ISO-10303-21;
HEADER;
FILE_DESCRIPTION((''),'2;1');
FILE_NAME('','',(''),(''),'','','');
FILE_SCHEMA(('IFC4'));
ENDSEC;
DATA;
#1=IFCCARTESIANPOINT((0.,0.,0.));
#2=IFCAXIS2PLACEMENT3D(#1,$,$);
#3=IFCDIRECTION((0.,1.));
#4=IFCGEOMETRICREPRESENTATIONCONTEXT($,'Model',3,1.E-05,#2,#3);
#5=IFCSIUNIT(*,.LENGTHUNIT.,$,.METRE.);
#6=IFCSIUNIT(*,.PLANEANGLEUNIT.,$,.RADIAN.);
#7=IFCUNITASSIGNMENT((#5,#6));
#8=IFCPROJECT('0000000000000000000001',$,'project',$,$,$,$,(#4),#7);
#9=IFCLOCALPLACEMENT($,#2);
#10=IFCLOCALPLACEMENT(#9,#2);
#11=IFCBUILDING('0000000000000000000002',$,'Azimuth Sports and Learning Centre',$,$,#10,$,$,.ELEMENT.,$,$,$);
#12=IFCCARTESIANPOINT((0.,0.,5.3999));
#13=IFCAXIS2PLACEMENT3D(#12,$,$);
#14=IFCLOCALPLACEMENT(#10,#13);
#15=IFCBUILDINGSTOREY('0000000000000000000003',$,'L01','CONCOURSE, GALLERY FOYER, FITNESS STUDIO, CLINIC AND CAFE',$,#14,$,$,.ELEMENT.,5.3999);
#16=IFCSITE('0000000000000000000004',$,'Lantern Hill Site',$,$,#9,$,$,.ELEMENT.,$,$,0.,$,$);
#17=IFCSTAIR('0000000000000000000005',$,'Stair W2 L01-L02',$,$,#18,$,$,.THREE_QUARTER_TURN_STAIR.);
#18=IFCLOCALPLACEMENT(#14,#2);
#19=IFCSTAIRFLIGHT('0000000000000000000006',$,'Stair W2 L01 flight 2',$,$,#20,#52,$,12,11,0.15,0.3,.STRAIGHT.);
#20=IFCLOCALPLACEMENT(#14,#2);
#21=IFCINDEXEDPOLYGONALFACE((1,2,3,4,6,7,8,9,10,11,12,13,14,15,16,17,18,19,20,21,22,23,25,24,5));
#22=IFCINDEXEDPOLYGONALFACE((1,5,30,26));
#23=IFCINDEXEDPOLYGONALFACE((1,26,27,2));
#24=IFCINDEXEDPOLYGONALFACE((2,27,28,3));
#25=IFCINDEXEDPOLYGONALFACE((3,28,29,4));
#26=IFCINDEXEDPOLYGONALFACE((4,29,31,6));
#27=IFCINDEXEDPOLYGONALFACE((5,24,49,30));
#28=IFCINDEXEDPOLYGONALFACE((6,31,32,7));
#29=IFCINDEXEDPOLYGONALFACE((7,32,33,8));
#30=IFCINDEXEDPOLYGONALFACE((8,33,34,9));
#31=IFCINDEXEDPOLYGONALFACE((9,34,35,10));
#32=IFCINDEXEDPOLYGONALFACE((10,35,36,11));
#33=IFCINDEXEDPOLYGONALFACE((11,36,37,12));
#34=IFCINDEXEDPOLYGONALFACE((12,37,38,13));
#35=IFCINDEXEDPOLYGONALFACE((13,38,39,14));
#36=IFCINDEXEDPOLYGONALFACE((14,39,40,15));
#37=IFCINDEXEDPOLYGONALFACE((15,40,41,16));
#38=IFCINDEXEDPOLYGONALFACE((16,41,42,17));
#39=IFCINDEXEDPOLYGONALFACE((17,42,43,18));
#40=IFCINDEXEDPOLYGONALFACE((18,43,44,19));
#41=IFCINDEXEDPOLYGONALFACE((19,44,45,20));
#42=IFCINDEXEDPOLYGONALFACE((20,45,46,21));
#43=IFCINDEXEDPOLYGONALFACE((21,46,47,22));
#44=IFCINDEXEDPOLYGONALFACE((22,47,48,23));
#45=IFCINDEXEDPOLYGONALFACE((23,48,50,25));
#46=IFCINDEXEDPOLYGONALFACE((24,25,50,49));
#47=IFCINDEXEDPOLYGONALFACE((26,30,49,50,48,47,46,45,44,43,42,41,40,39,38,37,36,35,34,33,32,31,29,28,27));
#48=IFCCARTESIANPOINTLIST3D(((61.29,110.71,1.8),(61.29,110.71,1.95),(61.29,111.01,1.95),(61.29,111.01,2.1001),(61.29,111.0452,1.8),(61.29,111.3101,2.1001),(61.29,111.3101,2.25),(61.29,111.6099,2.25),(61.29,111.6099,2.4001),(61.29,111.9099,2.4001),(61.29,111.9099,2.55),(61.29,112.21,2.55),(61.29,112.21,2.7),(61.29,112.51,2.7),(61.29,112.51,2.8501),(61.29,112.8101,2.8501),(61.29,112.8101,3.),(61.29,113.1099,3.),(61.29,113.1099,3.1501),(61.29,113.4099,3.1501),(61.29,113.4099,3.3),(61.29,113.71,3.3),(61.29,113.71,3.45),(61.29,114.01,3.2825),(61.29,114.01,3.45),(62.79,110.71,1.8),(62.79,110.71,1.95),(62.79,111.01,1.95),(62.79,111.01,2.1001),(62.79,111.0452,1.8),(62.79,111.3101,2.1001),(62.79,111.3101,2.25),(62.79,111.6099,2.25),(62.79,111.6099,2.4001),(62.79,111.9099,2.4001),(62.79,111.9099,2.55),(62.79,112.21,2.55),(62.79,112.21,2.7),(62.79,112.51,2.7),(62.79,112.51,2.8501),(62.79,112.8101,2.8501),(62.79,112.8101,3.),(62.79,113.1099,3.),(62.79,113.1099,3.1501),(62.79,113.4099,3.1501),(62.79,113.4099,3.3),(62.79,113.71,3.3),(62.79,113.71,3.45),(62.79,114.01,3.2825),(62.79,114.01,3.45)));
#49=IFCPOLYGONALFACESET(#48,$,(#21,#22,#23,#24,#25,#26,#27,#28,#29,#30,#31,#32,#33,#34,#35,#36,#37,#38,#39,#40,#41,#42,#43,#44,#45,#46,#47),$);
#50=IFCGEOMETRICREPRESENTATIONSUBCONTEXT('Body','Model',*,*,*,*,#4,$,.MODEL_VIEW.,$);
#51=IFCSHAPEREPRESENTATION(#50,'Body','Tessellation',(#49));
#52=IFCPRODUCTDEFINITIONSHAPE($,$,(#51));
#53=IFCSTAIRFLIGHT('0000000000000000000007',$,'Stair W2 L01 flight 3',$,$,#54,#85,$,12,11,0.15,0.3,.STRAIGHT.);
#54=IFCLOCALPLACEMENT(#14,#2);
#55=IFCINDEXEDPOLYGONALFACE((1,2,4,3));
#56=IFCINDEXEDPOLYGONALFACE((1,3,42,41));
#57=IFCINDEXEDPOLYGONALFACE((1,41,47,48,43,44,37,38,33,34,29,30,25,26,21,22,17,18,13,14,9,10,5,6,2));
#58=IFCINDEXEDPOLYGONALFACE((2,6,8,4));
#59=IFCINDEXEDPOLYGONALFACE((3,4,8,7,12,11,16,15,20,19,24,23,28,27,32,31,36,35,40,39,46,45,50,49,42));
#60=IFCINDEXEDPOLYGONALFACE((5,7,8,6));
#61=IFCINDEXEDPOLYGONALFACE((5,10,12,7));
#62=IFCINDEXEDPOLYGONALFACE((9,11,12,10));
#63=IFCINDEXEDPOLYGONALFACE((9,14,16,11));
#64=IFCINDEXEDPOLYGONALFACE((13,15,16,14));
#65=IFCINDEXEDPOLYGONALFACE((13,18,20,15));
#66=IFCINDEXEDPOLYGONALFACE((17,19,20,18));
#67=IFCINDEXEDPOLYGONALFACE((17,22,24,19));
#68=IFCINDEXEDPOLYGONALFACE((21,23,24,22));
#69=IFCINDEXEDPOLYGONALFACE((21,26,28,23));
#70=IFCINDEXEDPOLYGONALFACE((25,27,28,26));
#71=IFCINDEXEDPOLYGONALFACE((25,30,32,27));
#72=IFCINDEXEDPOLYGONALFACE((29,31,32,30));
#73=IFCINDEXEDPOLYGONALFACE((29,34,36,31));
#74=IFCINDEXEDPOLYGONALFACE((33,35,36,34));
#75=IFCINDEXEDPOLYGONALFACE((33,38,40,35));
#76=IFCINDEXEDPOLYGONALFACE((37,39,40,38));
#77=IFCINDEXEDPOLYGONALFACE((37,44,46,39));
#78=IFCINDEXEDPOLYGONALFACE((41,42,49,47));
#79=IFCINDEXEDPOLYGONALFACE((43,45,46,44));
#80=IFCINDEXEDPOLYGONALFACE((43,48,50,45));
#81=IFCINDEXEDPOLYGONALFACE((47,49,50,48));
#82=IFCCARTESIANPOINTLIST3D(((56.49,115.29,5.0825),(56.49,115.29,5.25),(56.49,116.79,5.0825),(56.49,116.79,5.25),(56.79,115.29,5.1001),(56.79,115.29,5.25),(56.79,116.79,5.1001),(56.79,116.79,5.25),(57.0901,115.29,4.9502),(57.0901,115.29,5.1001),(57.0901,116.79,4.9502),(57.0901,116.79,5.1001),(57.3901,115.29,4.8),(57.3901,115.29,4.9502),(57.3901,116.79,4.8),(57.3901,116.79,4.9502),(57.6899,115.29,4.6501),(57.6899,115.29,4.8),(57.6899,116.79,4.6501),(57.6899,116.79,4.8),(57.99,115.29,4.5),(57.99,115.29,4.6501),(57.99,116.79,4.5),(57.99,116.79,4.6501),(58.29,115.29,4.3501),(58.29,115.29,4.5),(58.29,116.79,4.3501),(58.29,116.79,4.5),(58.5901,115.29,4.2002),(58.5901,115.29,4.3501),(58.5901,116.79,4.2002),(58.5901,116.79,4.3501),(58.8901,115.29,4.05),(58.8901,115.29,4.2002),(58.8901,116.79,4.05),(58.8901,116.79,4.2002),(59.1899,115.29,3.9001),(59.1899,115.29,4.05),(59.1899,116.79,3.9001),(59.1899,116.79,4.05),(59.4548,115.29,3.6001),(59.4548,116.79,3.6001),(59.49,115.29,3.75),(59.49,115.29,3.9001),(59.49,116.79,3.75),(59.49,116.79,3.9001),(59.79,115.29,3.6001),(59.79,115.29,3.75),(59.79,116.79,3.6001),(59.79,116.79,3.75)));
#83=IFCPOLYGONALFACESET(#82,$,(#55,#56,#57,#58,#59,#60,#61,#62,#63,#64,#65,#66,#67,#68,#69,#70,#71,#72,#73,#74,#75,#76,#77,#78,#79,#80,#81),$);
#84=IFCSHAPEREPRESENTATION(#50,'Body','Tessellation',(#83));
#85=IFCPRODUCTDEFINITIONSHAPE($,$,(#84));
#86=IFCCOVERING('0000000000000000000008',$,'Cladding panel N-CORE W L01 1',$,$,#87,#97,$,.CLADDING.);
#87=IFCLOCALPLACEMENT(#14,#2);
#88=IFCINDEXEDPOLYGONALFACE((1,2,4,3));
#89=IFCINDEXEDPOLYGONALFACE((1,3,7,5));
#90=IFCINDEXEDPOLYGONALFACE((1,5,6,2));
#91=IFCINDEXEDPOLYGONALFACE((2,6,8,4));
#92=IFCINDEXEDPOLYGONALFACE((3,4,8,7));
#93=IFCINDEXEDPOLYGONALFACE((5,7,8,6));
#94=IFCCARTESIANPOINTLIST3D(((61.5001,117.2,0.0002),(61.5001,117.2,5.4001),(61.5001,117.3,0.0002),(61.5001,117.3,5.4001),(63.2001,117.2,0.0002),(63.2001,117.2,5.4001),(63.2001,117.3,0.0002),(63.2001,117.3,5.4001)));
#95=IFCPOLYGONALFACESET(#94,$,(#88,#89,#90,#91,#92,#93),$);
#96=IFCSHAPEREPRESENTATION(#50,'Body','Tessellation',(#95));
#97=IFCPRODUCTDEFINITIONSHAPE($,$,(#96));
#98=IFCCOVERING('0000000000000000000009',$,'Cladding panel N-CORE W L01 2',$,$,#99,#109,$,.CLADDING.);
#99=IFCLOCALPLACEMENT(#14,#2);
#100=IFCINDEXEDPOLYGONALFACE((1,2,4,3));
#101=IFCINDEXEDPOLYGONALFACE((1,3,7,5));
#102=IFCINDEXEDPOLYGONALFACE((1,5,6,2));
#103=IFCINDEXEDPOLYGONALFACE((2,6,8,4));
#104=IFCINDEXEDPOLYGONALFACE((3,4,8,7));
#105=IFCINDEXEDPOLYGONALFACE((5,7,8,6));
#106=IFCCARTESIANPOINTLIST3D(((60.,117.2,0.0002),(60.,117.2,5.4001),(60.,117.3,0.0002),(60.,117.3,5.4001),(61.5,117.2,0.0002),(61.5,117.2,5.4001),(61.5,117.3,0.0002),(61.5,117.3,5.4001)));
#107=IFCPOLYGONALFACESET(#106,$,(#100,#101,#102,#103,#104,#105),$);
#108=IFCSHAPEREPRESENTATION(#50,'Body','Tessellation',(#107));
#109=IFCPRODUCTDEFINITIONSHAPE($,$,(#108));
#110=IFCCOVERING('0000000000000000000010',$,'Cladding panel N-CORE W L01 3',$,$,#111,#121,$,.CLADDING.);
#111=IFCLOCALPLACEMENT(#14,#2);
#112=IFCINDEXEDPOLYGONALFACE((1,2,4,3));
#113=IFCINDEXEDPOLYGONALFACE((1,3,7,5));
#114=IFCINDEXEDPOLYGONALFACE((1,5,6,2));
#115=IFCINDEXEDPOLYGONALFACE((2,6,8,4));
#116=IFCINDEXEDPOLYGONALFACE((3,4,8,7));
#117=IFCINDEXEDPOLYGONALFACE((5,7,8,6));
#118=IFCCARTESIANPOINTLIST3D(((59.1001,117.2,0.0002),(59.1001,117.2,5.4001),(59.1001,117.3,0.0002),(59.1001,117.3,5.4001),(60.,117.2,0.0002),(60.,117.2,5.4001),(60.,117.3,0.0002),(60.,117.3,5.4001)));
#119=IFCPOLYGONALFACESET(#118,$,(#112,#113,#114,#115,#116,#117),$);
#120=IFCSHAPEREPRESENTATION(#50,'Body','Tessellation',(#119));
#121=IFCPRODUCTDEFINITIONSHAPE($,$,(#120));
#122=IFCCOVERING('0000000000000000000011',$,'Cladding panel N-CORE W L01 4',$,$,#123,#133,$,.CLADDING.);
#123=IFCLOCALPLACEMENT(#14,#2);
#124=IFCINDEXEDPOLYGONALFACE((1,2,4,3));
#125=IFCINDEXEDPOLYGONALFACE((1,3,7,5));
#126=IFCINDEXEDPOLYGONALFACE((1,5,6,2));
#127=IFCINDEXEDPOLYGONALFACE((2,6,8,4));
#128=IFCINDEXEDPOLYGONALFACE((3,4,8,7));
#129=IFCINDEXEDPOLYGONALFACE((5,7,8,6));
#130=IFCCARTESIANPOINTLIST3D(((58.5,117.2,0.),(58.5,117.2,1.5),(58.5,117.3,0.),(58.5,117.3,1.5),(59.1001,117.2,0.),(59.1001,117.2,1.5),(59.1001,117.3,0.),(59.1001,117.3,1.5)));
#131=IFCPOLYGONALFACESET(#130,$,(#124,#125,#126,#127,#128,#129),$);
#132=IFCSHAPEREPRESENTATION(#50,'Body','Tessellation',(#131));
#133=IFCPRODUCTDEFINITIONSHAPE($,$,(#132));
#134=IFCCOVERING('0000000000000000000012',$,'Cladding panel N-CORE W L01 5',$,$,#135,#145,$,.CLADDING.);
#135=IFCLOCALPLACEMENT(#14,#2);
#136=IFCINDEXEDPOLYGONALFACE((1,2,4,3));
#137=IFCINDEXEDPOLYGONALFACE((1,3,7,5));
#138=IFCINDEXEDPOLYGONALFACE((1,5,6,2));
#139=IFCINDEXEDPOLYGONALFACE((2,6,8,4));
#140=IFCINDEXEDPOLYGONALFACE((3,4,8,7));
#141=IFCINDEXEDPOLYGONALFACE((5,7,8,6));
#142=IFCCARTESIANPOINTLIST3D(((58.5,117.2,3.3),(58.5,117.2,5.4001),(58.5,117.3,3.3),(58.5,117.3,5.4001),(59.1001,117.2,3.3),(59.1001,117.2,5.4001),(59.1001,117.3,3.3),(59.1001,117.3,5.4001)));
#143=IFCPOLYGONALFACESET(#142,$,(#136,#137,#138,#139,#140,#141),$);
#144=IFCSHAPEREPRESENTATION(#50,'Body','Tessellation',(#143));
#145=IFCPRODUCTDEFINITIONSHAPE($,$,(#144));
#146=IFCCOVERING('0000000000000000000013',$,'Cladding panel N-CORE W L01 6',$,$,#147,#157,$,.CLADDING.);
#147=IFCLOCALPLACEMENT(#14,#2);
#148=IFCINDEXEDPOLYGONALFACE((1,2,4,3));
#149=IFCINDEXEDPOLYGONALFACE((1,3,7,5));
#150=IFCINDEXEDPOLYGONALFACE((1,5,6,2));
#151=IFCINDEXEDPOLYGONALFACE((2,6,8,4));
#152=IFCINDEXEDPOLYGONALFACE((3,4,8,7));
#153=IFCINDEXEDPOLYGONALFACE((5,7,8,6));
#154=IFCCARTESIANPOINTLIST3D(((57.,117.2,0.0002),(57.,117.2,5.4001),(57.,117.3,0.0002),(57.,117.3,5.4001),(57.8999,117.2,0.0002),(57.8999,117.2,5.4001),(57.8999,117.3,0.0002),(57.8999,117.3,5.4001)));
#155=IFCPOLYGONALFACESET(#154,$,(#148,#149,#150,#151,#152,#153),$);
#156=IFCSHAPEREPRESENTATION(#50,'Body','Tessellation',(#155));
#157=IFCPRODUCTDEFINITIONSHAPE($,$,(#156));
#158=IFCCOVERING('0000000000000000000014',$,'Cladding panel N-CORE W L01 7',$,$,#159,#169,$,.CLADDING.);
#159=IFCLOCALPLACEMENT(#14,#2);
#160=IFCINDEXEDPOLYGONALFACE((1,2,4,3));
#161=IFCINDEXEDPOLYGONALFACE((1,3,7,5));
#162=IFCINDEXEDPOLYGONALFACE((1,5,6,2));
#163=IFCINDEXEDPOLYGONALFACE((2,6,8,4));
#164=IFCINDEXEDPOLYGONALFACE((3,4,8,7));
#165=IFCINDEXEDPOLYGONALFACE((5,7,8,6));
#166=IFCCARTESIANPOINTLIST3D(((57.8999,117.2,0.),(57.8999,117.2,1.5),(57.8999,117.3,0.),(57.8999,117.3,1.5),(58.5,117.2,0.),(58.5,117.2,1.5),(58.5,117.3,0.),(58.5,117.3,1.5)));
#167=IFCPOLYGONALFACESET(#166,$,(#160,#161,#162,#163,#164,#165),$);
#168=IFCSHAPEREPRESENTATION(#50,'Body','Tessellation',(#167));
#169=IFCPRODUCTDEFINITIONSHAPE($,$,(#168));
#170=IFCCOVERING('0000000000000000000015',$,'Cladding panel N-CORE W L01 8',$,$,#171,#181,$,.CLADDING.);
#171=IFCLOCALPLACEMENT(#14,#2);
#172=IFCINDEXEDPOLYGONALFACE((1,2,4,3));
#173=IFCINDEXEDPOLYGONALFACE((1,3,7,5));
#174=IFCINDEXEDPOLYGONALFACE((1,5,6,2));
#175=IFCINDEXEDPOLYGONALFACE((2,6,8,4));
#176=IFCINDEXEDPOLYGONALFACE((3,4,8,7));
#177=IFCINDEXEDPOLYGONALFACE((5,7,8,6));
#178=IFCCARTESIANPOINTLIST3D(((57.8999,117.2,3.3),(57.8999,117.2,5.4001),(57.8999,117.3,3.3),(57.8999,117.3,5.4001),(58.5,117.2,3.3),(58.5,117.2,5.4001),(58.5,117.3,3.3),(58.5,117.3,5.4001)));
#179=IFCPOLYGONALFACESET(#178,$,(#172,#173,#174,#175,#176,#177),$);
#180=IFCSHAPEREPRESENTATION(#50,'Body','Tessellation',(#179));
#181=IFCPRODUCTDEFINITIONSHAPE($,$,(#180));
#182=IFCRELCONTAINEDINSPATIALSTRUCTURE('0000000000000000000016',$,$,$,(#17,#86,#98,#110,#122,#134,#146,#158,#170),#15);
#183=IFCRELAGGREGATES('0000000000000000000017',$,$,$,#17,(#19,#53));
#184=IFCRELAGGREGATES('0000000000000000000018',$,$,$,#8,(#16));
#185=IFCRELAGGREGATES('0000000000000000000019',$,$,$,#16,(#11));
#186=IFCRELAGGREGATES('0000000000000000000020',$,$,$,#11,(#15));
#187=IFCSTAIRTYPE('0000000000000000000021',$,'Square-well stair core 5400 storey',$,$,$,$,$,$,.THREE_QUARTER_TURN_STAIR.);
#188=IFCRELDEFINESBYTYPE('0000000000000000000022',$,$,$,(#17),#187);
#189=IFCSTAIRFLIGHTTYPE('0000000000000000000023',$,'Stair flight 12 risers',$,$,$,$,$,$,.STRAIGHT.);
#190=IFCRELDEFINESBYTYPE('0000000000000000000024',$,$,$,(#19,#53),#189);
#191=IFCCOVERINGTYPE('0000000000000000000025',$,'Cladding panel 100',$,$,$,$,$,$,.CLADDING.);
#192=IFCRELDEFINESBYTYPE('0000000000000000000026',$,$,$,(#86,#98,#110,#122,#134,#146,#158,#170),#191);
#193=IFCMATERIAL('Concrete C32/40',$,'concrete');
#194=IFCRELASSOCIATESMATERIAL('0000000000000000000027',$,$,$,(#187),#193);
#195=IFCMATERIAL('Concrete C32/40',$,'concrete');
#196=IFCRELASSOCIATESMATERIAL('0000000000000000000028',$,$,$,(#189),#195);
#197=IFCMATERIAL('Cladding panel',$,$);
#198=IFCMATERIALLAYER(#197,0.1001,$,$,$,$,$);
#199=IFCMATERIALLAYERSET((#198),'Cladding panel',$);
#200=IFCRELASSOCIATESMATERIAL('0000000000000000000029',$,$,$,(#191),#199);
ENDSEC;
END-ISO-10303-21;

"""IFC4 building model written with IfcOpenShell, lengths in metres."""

from ifc_helpers import new_model, si_unit, direction, frame, origin, origin_2d, place, context, subcontext, project, spatial, polyline, rectangle, outline, extrude, material, layer, layer_set, type_object, element, aggregate, save


model = new_model("IFC4")

# Units and contexts
model_context = context("Model", 3, precision=1e-05, world=origin(), true_north=direction((0.0, 1.0)))
body_context = subcontext(model_context, "Body", "Model", "MODEL_VIEW")
ifc_project = project(units=[si_unit("LENGTHUNIT", "METRE"), si_unit("PLANEANGLEUNIT", "RADIAN")], contexts=[model_context])

# Site, building, storey
site_placement = place(None, origin())
site = spatial("IfcSite", under=ifc_project, at=site_placement, Name="Lantern Hill Site", CompositionType="ELEMENT", RefElevation=0.0)
building_placement = place(site_placement, origin())
building = spatial("IfcBuilding", under=site, at=building_placement, Name="Azimuth Sports and Learning Centre", CompositionType="ELEMENT")
storey_placement = place(building_placement, frame((0.0, 0.0, 5.3999)))
storey = spatial("IfcBuildingStorey", under=building, at=storey_placement, Name="L01", Description="CONCOURSE, GALLERY FOYER, FITNESS STUDIO, CLINIC AND CAFE", CompositionType="ELEMENT", Elevation=5.3999)

# Shared definitions
ifc_material_1 = material(Name="Concrete C32/40", Category="concrete")
stair_type = type_object("IfcStairType", Name="Square-well stair core 5400 storey", PredefinedType="THREE_QUARTER_TURN_STAIR", material=ifc_material_1)
ifc_material_2 = material(Name="Concrete C32/40", Category="concrete")
stair_flight_type = type_object("IfcStairFlightType", Name="Stair flight 12 risers", PredefinedType="STRAIGHT", material=ifc_material_2)

# Stair, stair flights
stair_1_placement = place(storey_placement, origin())
stair_1 = element("IfcStair", 1, at=stair_1_placement, inside=storey, type_object=stair_type, Name="Stair W2 L01-L02", PredefinedType="THREE_QUARTER_TURN_STAIR")
stair_flight_1_placement = place(storey_placement, frame((62.04, 110.71, 1.8), z_axis=(0.0, 0.0, 1.0), x_axis=(0.0, 1.0, 0.0)))
stair_flight_1 = element("IfcStairFlight", 2, at=stair_flight_1_placement, type_object=stair_flight_type, Name="Stair W2 L01 flight 2", NumberOfRisers=12, NumberOfTreads=11, PredefinedType="STRAIGHT", RiserHeight=0.15, TreadLength=0.3, context=body_context, shape_type="SweptSolid", body=[
    extrude(outline(polyline([(0.0, 0.0), (0.0, 0.1499), (0.3, 0.1499), (0.3, 0.3), (0.6001, 0.3), (0.6001, 0.45), (0.8999, 0.45), (0.8999, 0.6001), (1.2, 0.6001), (1.2, 0.75), (1.5, 0.75), (1.5, 0.8999), (1.8, 0.8999), (1.8, 1.05), (2.1001, 1.05), (2.1001, 1.2), (2.3999, 1.2), (2.3999, 1.3501), (2.7, 1.3501), (2.7, 1.5), (3.0, 1.5), (3.0, 1.6499), (3.3, 1.6499), (3.3, 1.8), (3.3, 1.4824), (0.3352, 0.0), (0.0, 0.0)])), frame((0.0, 0.75, 0.0), z_axis=(0.0, -1.0, 0.0), x_axis=(1.0, 0.0, 0.0)), (0.0, 0.0, 1.0), 1.5),
])
stair_flight_2_placement = place(storey_placement, frame((59.79, 116.04, 3.6001), z_axis=(0.0, 0.0, 1.0), x_axis=(-1.0, 0.0, 0.0)))
stair_flight_2 = element("IfcStairFlight", 3, at=stair_flight_2_placement, type_object=stair_flight_type, Name="Stair W2 L01 flight 3", NumberOfRisers=12, NumberOfTreads=11, PredefinedType="STRAIGHT", RiserHeight=0.15, TreadLength=0.3, context=body_context, shape_type="SweptSolid", body=[
    extrude(outline(polyline([(0.0, 0.0), (0.0, 0.1499), (0.3, 0.1499), (0.3, 0.3), (0.6001, 0.3), (0.6001, 0.45), (0.8999, 0.45), (0.8999, 0.6001), (1.2, 0.6001), (1.2, 0.75), (1.5, 0.75), (1.5, 0.8999), (1.8, 0.8999), (1.8, 1.05), (2.1001, 1.05), (2.1001, 1.2), (2.3999, 1.2), (2.3999, 1.3501), (2.7, 1.3501), (2.7, 1.5), (3.0, 1.5), (3.0, 1.6499), (3.3, 1.6499), (3.3, 1.8), (3.3, 1.4824), (0.3352, 0.0), (0.0, 0.0)])), frame((0.0, 0.75, 0.0), z_axis=(0.0, -1.0, 0.0), x_axis=(1.0, 0.0, 0.0)), (0.0, 0.0, 1.0), 1.5),
])
aggregate(stair_1, [stair_flight_1, stair_flight_2])

# Coverings
ifc_material_3 = material(Name="Cladding panel")
ifc_layer_1 = layer(ifc_material_3, 0.1001)
ifc_layer_set_1 = layer_set([ifc_layer_1], Name="Cladding panel")
covering_type = type_object("IfcCoveringType", Name="Cladding panel 100", PredefinedType="CLADDING", material=ifc_layer_set_1)
covering_1_placement = place(storey_placement, frame((62.3501, 117.25, 0.0002), z_axis=(0.0, 0.0, 1.0), x_axis=(-1.0, 0.0, 0.0)))
element("IfcCovering", 4, at=covering_1_placement, inside=storey, type_object=covering_type, Name="Cladding panel N-CORE W L01 1", PredefinedType="CLADDING", context=body_context, shape_type="SweptSolid", body=[
    extrude(rectangle(XDim=1.7, YDim=0.1001, at=origin_2d()), origin(), (0.0, 0.0, 1.0), 5.3999),
])
covering_2_placement = place(storey_placement, frame((60.75, 117.25, 0.0002), z_axis=(0.0, 0.0, 1.0), x_axis=(-1.0, 0.0, 0.0)))
element("IfcCovering", 5, at=covering_2_placement, inside=storey, type_object=covering_type, Name="Cladding panel N-CORE W L01 2", PredefinedType="CLADDING", context=body_context, shape_type="SweptSolid", body=[
    extrude(rectangle(XDim=1.5, YDim=0.1001, at=origin_2d()), origin(), (0.0, 0.0, 1.0), 5.3999),
])
covering_3_placement = place(storey_placement, frame((59.55, 117.25, 0.0002), z_axis=(0.0, 0.0, 1.0), x_axis=(-1.0, 0.0, 0.0)))
element("IfcCovering", 6, at=covering_3_placement, inside=storey, type_object=covering_type, Name="Cladding panel N-CORE W L01 3", PredefinedType="CLADDING", context=body_context, shape_type="SweptSolid", body=[
    extrude(rectangle(XDim=0.8999, YDim=0.1001, at=origin_2d()), origin(), (0.0, 0.0, 1.0), 5.3999),
])
covering_4_placement = place(storey_placement, frame((58.8, 117.25, 0.0), z_axis=(0.0, 0.0, 1.0), x_axis=(-1.0, 0.0, 0.0)))
element("IfcCovering", 7, at=covering_4_placement, inside=storey, type_object=covering_type, Name="Cladding panel N-CORE W L01 4", PredefinedType="CLADDING", context=body_context, shape_type="SweptSolid", body=[
    extrude(rectangle(XDim=0.6001, YDim=0.1001, at=origin_2d()), origin(), (0.0, 0.0, 1.0), 1.5),
])
covering_5_placement = place(storey_placement, frame((58.8, 117.25, 3.3), z_axis=(0.0, 0.0, 1.0), x_axis=(-1.0, 0.0, 0.0)))
element("IfcCovering", 8, at=covering_5_placement, inside=storey, type_object=covering_type, Name="Cladding panel N-CORE W L01 5", PredefinedType="CLADDING", context=body_context, shape_type="SweptSolid", body=[
    extrude(rectangle(XDim=0.6001, YDim=0.1001, at=origin_2d()), origin(), (0.0, 0.0, 1.0), 2.1001),
])
covering_6_placement = place(storey_placement, frame((57.45, 117.25, 0.0002), z_axis=(0.0, 0.0, 1.0), x_axis=(-1.0, 0.0, 0.0)))
element("IfcCovering", 9, at=covering_6_placement, inside=storey, type_object=covering_type, Name="Cladding panel N-CORE W L01 6", PredefinedType="CLADDING", context=body_context, shape_type="SweptSolid", body=[
    extrude(rectangle(XDim=0.8999, YDim=0.1001, at=origin_2d()), origin(), (0.0, 0.0, 1.0), 5.3999),
])
covering_7_placement = place(storey_placement, frame((58.2, 117.25, 0.0), z_axis=(0.0, 0.0, 1.0), x_axis=(-1.0, 0.0, 0.0)))
element("IfcCovering", 10, at=covering_7_placement, inside=storey, type_object=covering_type, Name="Cladding panel N-CORE W L01 7", PredefinedType="CLADDING", context=body_context, shape_type="SweptSolid", body=[
    extrude(rectangle(XDim=0.6001, YDim=0.1001, at=origin_2d()), origin(), (0.0, 0.0, 1.0), 1.5),
])
covering_8_placement = place(storey_placement, frame((58.2, 117.25, 3.3), z_axis=(0.0, 0.0, 1.0), x_axis=(-1.0, 0.0, 0.0)))
element("IfcCovering", 11, at=covering_8_placement, inside=storey, type_object=covering_type, Name="Cladding panel N-CORE W L01 8", PredefinedType="CLADDING", context=body_context, shape_type="SweptSolid", body=[
    extrude(rectangle(XDim=0.6001, YDim=0.1001, at=origin_2d()), origin(), (0.0, 0.0, 1.0), 2.1001),
])

save(model, "model.ifc")
